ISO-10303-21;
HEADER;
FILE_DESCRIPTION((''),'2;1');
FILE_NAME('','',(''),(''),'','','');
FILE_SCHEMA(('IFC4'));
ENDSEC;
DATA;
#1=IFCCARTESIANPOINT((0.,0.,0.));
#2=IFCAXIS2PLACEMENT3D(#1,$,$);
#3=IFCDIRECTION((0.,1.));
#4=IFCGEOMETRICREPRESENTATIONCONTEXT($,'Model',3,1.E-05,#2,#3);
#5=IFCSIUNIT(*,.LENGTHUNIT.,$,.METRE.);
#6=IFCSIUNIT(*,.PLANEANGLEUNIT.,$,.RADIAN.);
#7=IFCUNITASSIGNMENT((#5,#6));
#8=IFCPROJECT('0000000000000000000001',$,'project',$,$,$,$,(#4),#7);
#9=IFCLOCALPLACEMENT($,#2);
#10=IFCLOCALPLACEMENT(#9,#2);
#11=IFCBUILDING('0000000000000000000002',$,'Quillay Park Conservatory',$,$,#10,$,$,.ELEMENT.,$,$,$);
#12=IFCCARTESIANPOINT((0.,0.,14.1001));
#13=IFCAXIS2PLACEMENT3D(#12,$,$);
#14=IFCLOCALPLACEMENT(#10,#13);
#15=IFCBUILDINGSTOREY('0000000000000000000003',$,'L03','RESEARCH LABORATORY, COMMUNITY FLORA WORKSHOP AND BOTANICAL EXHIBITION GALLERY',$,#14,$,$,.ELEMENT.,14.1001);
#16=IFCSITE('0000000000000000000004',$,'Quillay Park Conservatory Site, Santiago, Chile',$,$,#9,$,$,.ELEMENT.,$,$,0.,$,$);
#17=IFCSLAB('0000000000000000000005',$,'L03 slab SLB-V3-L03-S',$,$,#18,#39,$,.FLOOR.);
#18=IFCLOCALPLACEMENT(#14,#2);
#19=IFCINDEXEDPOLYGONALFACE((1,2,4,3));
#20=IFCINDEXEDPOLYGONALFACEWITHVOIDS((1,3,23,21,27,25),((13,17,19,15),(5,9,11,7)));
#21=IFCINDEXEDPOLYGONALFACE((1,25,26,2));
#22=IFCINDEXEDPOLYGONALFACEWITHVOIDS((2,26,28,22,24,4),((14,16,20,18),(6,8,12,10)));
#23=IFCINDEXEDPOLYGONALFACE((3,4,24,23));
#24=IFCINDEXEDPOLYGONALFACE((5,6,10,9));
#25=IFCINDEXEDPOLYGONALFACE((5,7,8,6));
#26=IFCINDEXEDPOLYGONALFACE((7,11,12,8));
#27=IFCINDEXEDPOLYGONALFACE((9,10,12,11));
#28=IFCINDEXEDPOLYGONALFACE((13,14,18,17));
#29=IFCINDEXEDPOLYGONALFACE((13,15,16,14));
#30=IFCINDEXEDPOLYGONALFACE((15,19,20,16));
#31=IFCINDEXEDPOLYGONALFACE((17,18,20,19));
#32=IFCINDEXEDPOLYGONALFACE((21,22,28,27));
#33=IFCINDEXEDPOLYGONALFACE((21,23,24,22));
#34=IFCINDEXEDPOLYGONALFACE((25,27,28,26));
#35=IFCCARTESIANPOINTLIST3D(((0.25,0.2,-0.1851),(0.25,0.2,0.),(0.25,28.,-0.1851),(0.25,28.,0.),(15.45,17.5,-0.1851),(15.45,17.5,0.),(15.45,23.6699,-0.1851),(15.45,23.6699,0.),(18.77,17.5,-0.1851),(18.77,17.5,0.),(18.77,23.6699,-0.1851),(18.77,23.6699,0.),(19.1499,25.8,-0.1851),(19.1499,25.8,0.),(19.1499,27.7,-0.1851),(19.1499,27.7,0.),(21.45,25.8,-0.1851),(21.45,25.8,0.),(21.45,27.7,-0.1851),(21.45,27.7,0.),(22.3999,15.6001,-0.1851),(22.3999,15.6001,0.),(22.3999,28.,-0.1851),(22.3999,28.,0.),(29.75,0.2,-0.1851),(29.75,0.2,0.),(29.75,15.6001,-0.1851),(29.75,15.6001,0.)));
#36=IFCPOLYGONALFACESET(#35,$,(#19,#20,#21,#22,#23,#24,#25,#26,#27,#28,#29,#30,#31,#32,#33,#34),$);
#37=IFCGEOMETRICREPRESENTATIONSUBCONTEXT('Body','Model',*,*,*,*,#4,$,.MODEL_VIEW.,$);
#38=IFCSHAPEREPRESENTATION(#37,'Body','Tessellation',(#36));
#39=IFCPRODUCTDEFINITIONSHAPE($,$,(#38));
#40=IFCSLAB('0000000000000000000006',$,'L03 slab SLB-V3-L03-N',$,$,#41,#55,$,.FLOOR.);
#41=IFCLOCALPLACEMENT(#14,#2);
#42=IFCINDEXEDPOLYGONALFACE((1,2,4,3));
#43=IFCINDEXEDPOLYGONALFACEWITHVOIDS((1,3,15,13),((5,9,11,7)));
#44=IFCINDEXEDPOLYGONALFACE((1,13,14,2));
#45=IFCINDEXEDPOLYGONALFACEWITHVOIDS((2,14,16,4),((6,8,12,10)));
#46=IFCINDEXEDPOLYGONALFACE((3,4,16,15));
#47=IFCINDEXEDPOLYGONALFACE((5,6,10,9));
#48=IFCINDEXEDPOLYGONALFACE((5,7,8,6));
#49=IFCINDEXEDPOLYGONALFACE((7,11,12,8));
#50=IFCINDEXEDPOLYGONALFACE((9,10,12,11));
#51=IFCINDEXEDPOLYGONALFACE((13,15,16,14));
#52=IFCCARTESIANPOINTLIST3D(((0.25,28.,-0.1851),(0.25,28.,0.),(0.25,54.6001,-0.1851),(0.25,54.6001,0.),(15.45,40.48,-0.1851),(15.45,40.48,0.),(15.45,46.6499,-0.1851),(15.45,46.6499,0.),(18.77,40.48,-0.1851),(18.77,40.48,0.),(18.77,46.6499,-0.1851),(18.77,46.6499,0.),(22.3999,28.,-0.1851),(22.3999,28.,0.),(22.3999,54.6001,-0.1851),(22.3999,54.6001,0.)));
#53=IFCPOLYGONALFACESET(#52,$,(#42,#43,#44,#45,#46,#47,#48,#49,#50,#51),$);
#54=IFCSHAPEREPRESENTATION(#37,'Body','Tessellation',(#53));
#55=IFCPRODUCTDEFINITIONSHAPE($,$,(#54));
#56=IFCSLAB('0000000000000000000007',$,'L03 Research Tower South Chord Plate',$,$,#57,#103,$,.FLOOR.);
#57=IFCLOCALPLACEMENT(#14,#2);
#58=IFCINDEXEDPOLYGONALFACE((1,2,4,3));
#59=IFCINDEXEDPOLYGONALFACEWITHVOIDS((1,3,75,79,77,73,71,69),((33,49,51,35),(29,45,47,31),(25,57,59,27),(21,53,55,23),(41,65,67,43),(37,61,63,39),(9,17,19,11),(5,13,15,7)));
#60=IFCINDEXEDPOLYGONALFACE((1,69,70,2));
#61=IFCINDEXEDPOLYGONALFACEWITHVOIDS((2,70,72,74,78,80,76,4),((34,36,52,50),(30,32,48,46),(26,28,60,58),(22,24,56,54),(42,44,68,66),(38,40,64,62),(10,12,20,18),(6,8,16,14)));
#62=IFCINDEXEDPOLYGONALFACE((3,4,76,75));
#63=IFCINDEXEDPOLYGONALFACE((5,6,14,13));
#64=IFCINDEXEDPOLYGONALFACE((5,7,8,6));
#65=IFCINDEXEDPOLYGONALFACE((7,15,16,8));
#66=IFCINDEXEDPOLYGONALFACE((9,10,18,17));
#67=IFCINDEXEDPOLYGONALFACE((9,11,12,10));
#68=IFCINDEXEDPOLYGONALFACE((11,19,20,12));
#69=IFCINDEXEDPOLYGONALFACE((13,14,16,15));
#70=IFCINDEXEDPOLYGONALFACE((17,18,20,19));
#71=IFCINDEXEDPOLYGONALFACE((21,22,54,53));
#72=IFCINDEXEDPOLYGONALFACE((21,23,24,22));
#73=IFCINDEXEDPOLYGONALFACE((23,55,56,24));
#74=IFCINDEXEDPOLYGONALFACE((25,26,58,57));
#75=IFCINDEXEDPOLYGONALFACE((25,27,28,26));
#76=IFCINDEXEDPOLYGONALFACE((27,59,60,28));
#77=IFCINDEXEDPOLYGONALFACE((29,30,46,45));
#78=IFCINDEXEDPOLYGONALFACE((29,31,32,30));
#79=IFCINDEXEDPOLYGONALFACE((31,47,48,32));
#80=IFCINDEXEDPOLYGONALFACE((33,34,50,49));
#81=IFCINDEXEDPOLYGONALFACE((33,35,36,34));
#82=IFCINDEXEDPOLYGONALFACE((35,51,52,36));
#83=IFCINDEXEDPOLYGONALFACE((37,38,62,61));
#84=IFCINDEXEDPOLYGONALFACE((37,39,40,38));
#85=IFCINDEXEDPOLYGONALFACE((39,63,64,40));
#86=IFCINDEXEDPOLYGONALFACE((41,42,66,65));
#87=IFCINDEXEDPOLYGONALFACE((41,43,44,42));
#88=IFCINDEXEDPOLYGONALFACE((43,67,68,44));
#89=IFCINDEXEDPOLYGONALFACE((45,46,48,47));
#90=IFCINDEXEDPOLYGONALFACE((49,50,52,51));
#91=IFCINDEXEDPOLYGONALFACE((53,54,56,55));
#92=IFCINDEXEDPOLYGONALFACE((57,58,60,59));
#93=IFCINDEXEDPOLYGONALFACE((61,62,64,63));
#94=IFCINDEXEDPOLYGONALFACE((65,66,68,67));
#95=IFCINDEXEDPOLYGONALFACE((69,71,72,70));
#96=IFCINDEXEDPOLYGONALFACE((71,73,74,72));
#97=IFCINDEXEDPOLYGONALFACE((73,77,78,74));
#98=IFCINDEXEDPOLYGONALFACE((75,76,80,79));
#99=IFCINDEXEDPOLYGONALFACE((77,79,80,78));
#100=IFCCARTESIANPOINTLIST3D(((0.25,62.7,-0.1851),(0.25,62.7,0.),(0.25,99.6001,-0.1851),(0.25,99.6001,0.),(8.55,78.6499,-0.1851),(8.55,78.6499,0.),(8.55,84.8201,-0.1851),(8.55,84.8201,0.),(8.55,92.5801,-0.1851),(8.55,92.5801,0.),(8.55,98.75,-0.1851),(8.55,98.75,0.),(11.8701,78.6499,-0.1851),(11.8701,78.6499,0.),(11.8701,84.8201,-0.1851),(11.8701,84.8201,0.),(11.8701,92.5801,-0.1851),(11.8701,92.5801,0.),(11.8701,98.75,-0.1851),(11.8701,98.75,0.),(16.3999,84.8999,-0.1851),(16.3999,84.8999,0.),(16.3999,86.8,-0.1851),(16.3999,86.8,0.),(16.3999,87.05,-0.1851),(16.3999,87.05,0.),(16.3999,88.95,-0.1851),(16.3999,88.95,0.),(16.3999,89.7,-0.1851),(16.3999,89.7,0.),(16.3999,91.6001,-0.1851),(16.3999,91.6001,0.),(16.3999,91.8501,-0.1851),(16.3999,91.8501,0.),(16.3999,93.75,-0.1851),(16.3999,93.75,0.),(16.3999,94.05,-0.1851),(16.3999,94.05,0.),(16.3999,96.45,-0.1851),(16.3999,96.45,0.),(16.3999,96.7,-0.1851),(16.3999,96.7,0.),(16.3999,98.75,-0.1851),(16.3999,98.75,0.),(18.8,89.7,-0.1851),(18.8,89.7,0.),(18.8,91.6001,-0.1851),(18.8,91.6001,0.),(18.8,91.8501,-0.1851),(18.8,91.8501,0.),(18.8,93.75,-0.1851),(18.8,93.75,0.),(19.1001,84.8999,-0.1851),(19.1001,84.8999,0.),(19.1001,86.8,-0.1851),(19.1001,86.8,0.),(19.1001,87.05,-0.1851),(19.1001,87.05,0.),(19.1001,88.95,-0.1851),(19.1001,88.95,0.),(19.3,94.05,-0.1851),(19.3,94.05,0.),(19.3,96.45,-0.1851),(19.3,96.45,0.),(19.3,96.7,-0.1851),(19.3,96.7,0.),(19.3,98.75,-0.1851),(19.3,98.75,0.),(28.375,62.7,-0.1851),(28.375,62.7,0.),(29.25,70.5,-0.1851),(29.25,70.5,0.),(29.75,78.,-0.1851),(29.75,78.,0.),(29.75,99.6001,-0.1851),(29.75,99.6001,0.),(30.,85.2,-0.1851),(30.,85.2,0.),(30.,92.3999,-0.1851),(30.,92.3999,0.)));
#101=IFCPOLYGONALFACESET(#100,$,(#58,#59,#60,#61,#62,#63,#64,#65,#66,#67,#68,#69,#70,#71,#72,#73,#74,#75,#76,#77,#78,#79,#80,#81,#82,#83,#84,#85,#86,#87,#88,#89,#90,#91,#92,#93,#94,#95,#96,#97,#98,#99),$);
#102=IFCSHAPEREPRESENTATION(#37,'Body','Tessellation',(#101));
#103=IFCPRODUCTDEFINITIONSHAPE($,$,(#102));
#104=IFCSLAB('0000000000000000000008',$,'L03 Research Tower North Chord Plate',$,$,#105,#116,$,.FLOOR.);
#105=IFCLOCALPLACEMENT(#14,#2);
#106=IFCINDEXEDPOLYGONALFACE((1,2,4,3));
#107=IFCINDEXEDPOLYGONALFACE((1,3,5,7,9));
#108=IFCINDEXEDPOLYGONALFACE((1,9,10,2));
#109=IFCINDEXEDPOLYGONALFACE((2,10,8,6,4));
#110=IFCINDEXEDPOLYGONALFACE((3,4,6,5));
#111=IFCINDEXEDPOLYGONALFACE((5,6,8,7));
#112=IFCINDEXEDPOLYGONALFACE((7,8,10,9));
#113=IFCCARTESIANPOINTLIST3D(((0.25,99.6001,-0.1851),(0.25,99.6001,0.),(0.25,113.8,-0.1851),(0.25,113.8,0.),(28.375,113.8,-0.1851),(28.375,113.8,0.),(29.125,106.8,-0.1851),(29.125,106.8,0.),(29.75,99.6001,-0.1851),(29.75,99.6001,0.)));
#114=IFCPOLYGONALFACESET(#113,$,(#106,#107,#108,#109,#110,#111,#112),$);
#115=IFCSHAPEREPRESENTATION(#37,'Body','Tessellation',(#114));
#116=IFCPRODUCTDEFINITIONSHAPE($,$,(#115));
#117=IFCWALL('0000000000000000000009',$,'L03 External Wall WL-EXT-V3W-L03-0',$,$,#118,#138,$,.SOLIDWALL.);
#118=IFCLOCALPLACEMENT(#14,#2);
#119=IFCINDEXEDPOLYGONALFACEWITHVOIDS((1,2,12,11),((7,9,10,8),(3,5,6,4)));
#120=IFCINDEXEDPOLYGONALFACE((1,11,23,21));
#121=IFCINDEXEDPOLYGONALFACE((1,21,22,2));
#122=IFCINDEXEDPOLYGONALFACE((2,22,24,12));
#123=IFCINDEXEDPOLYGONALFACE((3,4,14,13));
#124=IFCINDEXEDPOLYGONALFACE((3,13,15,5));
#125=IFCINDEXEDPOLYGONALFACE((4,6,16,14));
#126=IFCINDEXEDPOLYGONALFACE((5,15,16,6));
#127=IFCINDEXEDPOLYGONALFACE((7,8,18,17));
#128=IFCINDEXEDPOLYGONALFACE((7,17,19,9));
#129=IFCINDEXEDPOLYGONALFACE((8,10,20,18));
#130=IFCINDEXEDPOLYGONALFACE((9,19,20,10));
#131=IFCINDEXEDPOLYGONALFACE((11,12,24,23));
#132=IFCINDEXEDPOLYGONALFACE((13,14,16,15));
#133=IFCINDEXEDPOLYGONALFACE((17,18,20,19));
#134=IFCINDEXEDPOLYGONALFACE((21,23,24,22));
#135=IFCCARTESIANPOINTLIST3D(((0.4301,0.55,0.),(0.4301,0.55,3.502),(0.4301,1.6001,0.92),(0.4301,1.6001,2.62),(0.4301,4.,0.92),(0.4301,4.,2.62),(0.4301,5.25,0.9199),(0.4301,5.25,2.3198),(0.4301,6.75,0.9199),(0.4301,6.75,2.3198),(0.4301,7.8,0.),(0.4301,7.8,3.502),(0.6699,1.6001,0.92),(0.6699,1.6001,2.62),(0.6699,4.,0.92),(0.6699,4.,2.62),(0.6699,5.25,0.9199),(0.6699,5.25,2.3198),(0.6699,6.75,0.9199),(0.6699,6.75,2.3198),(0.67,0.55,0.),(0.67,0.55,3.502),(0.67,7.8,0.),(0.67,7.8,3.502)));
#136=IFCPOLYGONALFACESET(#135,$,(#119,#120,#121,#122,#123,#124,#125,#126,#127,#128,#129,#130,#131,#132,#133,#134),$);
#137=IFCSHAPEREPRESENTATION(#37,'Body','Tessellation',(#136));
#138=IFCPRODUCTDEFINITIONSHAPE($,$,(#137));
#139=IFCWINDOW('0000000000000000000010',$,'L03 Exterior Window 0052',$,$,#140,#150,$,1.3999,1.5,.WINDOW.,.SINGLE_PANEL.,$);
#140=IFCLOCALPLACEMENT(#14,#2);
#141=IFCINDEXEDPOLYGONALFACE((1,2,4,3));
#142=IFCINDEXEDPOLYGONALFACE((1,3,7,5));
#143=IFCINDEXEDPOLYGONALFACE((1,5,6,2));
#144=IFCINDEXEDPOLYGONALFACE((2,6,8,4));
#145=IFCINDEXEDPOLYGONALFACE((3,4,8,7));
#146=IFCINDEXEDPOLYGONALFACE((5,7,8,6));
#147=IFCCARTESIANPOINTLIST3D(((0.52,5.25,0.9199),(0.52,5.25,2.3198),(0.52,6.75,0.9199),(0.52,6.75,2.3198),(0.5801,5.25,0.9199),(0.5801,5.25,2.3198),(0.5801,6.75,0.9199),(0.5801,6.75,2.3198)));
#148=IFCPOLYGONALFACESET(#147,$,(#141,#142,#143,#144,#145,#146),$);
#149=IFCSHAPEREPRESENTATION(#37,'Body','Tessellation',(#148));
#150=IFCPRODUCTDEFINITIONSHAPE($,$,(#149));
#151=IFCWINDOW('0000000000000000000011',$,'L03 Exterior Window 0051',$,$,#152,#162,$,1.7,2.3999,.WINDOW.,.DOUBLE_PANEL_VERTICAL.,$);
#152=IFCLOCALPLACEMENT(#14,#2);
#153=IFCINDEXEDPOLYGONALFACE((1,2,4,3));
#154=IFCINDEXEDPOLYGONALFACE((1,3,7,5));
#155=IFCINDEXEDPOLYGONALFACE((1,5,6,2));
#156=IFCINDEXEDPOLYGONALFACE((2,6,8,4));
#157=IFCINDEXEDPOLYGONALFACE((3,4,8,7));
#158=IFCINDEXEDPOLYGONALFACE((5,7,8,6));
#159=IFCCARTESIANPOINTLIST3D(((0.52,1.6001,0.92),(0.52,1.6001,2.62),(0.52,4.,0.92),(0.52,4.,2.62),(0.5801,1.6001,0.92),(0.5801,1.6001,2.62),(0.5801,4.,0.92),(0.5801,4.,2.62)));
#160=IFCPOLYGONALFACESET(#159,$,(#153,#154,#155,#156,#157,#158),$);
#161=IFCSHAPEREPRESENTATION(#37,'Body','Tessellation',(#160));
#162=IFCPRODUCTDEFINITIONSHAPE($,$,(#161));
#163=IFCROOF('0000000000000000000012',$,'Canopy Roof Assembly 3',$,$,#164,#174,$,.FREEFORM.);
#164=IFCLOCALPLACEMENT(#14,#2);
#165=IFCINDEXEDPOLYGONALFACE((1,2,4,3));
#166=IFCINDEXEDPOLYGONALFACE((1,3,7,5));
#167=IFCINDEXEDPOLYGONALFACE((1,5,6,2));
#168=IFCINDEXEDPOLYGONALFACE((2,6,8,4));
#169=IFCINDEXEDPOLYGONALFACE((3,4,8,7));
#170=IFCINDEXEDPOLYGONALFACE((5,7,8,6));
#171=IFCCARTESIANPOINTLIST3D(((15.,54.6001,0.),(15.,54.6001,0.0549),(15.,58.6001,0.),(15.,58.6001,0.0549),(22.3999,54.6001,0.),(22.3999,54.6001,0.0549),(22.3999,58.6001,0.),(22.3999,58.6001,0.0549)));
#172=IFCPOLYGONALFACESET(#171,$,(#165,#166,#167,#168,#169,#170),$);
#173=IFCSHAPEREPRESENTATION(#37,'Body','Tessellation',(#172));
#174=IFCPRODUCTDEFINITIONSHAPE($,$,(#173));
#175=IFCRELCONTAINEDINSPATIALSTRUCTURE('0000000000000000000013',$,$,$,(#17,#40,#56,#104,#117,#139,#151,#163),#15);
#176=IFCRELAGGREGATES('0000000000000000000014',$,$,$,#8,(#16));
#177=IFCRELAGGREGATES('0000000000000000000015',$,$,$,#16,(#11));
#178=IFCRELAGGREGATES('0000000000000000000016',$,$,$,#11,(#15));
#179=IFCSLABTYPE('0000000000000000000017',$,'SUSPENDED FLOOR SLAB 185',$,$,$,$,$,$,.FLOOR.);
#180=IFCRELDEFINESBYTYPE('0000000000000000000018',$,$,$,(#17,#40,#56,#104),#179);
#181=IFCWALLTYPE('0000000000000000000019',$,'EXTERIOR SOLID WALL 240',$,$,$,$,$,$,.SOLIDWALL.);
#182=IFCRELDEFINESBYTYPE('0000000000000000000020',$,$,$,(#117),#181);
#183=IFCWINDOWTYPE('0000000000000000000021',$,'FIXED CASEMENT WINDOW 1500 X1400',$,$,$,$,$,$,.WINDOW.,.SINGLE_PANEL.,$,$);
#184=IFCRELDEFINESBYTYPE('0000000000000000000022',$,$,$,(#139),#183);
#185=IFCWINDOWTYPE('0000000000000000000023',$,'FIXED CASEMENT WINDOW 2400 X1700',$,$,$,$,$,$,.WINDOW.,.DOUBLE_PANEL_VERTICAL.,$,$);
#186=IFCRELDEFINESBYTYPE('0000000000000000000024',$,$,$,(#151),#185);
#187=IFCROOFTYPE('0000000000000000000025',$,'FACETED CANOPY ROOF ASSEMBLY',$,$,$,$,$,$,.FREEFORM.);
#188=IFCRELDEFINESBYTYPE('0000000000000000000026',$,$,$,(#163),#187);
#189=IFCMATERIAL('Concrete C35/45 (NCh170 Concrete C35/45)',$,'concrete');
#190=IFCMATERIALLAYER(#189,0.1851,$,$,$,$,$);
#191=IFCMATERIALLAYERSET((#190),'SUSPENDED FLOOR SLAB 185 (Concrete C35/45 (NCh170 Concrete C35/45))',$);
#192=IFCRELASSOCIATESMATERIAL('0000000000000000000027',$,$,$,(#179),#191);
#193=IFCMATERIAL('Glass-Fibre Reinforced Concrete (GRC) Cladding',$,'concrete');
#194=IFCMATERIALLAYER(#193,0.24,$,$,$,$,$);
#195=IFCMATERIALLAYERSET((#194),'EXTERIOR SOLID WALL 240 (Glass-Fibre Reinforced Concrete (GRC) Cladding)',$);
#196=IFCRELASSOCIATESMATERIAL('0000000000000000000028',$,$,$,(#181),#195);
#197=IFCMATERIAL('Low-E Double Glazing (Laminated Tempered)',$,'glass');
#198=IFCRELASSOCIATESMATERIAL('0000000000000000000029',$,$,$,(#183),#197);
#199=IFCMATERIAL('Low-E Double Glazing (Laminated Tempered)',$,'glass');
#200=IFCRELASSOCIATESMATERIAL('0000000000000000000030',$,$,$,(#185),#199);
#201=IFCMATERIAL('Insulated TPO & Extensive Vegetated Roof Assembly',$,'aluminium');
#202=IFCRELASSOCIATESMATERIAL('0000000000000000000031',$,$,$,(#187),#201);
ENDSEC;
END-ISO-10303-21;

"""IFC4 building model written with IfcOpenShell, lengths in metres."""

from ifc_helpers import new_model, si_unit, direction, frame, frame_2d, origin, place, context, subcontext, project, spatial, polyline, rectangle, outline, extrude, material, layer, layer_set, type_object, element, fill, save


model = new_model("IFC4")

# Units and contexts
model_context = context("Model", 3, precision=1e-05, world=origin(), true_north=direction((0.0, 1.0)))
body_context = subcontext(model_context, "Body", "Model", "MODEL_VIEW")
ifc_project = project(units=[si_unit("LENGTHUNIT", "METRE"), si_unit("PLANEANGLEUNIT", "RADIAN")], contexts=[model_context])

# Site, building, storey
site_placement = place(None, origin())
site = spatial("IfcSite", under=ifc_project, at=site_placement, Name="Quillay Park Conservatory Site, Santiago, Chile", CompositionType="ELEMENT", RefElevation=0.0)
building_placement = place(site_placement, origin())
building = spatial("IfcBuilding", under=site, at=building_placement, Name="Quillay Park Conservatory", CompositionType="ELEMENT")
storey_placement = place(building_placement, frame((0.0, 0.0, 14.1001)))
storey = spatial("IfcBuildingStorey", under=building, at=storey_placement, Name="L03", Description="RESEARCH LABORATORY, COMMUNITY FLORA WORKSHOP AND BOTANICAL EXHIBITION GALLERY", CompositionType="ELEMENT", Elevation=14.1001)

# Slabs
ifc_material_1 = material(Name="Concrete C35/45 (NCh170 Concrete C35/45)", Category="concrete")
ifc_layer_1 = layer(ifc_material_1, 0.1851)
ifc_layer_set_1 = layer_set([ifc_layer_1], Name="SUSPENDED FLOOR SLAB 185 (Concrete C35/45 (NCh170 Concrete C35/45))")
slab_type_1 = type_object("IfcSlabType", Name="SUSPENDED FLOOR SLAB 185", PredefinedType="FLOOR", material=ifc_layer_set_1)
slab_1_placement = place(storey_placement, frame((0.0, 0.0, -0.1851)))
element("IfcSlab", 1, at=slab_1_placement, inside=storey, type_object=slab_type_1, Name="L03 slab SLB-V3-L03-S", PredefinedType="FLOOR", context=body_context, shape_type="SweptSolid", body=[
    extrude(outline(polyline([(0.25, 0.2), (29.75, 0.2), (29.75, 15.6001), (22.3999, 15.6001), (22.3999, 28.0), (0.25, 28.0), (0.25, 0.2)]), holes=[polyline([(15.45, 17.5), (18.77, 17.5), (18.77, 23.6699), (15.45, 23.6699), (15.45, 17.5)]), polyline([(19.1499, 25.8), (21.45, 25.8), (21.45, 27.7), (19.1499, 27.7), (19.1499, 25.8)])]), origin(), (0.0, 0.0, 1.0), 0.1851),
])
slab_2_placement = place(storey_placement, frame((0.0, 0.0, -0.1851)))
element("IfcSlab", 2, at=slab_2_placement, inside=storey, type_object=slab_type_1, Name="L03 slab SLB-V3-L03-N", PredefinedType="FLOOR", context=body_context, shape_type="SweptSolid", body=[
    extrude(outline(polyline([(0.25, 28.0), (22.3999, 28.0), (22.3999, 54.6001), (0.25, 54.6001), (0.25, 28.0)]), holes=[polyline([(15.45, 40.48), (18.77, 40.48), (18.77, 46.6499), (15.45, 46.6499), (15.45, 40.48)])]), origin(), (0.0, 0.0, 1.0), 0.1851),
])
slab_3_placement = place(storey_placement, frame((0.0, 0.0, -0.1851)))
element("IfcSlab", 3, at=slab_3_placement, inside=storey, type_object=slab_type_1, Name="L03 Research Tower South Chord Plate", PredefinedType="FLOOR", context=body_context, shape_type="SweptSolid", body=[
    extrude(outline(polyline([(0.25, 62.7), (28.375, 62.7), (29.25, 70.5), (29.75, 78.0), (30.0, 85.2), (30.0, 92.3999), (29.75, 99.6001), (0.25, 99.6001), (0.25, 62.7)]), holes=[polyline([(8.55, 92.5801), (11.8701, 92.5801), (11.8701, 98.75), (8.55, 98.75), (8.55, 92.5801)]), polyline([(8.55, 78.6499), (11.8701, 78.6499), (11.8701, 84.8201), (8.55, 84.8201), (8.55, 78.6499)]), polyline([(16.3999, 84.8999), (19.1001, 84.8999), (19.1001, 86.8), (16.3999, 86.8), (16.3999, 84.8999)]), polyline([(16.3999, 87.05), (19.1001, 87.05), (19.1001, 88.95), (16.3999, 88.95), (16.3999, 87.05)]), polyline([(16.3999, 89.7), (18.8, 89.7), (18.8, 91.6001), (16.3999, 91.6001), (16.3999, 89.7)]), polyline([(16.3999, 91.8501), (18.8, 91.8501), (18.8, 93.75), (16.3999, 93.75), (16.3999, 91.8501)]), polyline([(16.3999, 94.05), (19.3, 94.05), (19.3, 96.45), (16.3999, 96.45), (16.3999, 94.05)]), polyline([(16.3999, 96.7), (19.3, 96.7), (19.3, 98.75), (16.3999, 98.75), (16.3999, 96.7)])]), origin(), (0.0, 0.0, 1.0), 0.1851),
])
slab_4_placement = place(storey_placement, frame((0.0, 0.0, -0.1851)))
element("IfcSlab", 4, at=slab_4_placement, inside=storey, type_object=slab_type_1, Name="L03 Research Tower North Chord Plate", PredefinedType="FLOOR", context=body_context, shape_type="SweptSolid", body=[
    extrude(outline(polyline([(0.25, 99.6001), (29.75, 99.6001), (29.125, 106.8), (28.375, 113.8), (0.25, 113.8), (0.25, 99.6001)])), origin(), (0.0, 0.0, 1.0), 0.1851),
])

# Wall, openings, windows
ifc_material_2 = material(Name="Glass-Fibre Reinforced Concrete (GRC) Cladding", Category="concrete")
ifc_layer_2 = layer(ifc_material_2, 0.24)
ifc_layer_set_2 = layer_set([ifc_layer_2], Name="EXTERIOR SOLID WALL 240 (Glass-Fibre Reinforced Concrete (GRC) Cladding)")
wall_type = type_object("IfcWallType", Name="EXTERIOR SOLID WALL 240", PredefinedType="SOLIDWALL", material=ifc_layer_set_2)
wall_placement = place(storey_placement, frame((0.55, 0.55, 0.0), z_axis=(0.0, 0.0, 1.0), x_axis=(0.0, 1.0, 0.0)))
wall = element("IfcWall", 5, at=wall_placement, inside=storey, type_object=wall_type, Name="L03 External Wall WL-EXT-V3W-L03-0", PredefinedType="SOLIDWALL", context=body_context, shape_type="SweptSolid", body=[
    extrude(rectangle(XDim=7.25, YDim=0.24, at=frame_2d((3.625, 0.0))), origin(), (0.0, 0.0, 1.0), 3.502),
])
opening_1_placement = place(wall_placement, frame((1.05, 0.0, 0.9199)))
opening_1 = element("IfcOpeningElement", 6, at=opening_1_placement, cuts=wall, PredefinedType="OPENING", context=body_context, shape_type="SweptSolid", body=[
    extrude(rectangle(XDim=2.3999, YDim=1.7, at=frame_2d((1.2, 0.8501))), frame((0.0, 0.1201, 0.0), z_axis=(0.0, -1.0, 0.0), x_axis=(1.0, 0.0, 0.0)), (0.0, 0.0, 1.0), 0.24),
])
opening_2_placement = place(wall_placement, frame((4.7, 0.0, 0.9199)))
opening_2 = element("IfcOpeningElement", 7, at=opening_2_placement, cuts=wall, PredefinedType="OPENING", context=body_context, shape_type="SweptSolid", body=[
    extrude(rectangle(XDim=1.5, YDim=1.3999, at=frame_2d((0.75, 0.7))), frame((0.0, 0.1201, 0.0), z_axis=(0.0, -1.0, 0.0), x_axis=(1.0, 0.0, 0.0)), (0.0, 0.0, 1.0), 0.24),
])
ifc_material_3 = material(Name="Low-E Double Glazing (Laminated Tempered)", Category="glass")
window_type_1 = type_object("IfcWindowType", Name="FIXED CASEMENT WINDOW 1500 X1400", PartitioningType="SINGLE_PANEL", PredefinedType="WINDOW", material=ifc_material_3)
window_1_placement = place(opening_2_placement, origin())
window_1 = element("IfcWindow", 8, at=window_1_placement, inside=storey, type_object=window_type_1, Name="L03 Exterior Window 0052", OverallHeight=1.3999, OverallWidth=1.5, PartitioningType="SINGLE_PANEL", PredefinedType="WINDOW", context=body_context, shape_type="SweptSolid", body=[
    extrude(rectangle(XDim=1.5, YDim=1.3999, at=frame_2d((0.75, 0.7))), frame((0.0, 0.03, 0.0), z_axis=(0.0, -1.0, 0.0), x_axis=(1.0, 0.0, 0.0)), (0.0, 0.0, 1.0), 0.0601),
])
fill(opening_2, window_1)
ifc_material_4 = material(Name="Low-E Double Glazing (Laminated Tempered)", Category="glass")
window_type_2 = type_object("IfcWindowType", Name="FIXED CASEMENT WINDOW 2400 X1700", PartitioningType="DOUBLE_PANEL_VERTICAL", PredefinedType="WINDOW", material=ifc_material_4)
window_2_placement = place(opening_1_placement, origin())
window_2 = element("IfcWindow", 9, at=window_2_placement, inside=storey, type_object=window_type_2, Name="L03 Exterior Window 0051", OverallHeight=1.7, OverallWidth=2.3999, PartitioningType="DOUBLE_PANEL_VERTICAL", PredefinedType="WINDOW", context=body_context, shape_type="SweptSolid", body=[
    extrude(rectangle(XDim=2.3999, YDim=1.7, at=frame_2d((1.2, 0.8501))), frame((0.0, 0.03, 0.0), z_axis=(0.0, -1.0, 0.0), x_axis=(1.0, 0.0, 0.0)), (0.0, 0.0, 1.0), 0.0601),
])
fill(opening_1, window_2)

# Roof
ifc_material_5 = material(Name="Insulated TPO & Extensive Vegetated Roof Assembly", Category="aluminium")
roof_type = type_object("IfcRoofType", Name="FACETED CANOPY ROOF ASSEMBLY", PredefinedType="FREEFORM", material=ifc_material_5)
roof_1_placement = place(storey_placement, origin())
element("IfcRoof", 10, at=roof_1_placement, inside=storey, type_object=roof_type, Name="Canopy Roof Assembly 3", PredefinedType="FREEFORM", context=body_context, shape_type="SweptSolid", body=[
    extrude(outline(polyline([(15.0, 54.6001), (22.3999, 54.6001), (22.3999, 58.6001), (15.0, 58.6001), (15.0, 54.6001)])), origin(), (0.0, 0.0, 1.0), 0.0549),
])

save(model, "model.ifc")
